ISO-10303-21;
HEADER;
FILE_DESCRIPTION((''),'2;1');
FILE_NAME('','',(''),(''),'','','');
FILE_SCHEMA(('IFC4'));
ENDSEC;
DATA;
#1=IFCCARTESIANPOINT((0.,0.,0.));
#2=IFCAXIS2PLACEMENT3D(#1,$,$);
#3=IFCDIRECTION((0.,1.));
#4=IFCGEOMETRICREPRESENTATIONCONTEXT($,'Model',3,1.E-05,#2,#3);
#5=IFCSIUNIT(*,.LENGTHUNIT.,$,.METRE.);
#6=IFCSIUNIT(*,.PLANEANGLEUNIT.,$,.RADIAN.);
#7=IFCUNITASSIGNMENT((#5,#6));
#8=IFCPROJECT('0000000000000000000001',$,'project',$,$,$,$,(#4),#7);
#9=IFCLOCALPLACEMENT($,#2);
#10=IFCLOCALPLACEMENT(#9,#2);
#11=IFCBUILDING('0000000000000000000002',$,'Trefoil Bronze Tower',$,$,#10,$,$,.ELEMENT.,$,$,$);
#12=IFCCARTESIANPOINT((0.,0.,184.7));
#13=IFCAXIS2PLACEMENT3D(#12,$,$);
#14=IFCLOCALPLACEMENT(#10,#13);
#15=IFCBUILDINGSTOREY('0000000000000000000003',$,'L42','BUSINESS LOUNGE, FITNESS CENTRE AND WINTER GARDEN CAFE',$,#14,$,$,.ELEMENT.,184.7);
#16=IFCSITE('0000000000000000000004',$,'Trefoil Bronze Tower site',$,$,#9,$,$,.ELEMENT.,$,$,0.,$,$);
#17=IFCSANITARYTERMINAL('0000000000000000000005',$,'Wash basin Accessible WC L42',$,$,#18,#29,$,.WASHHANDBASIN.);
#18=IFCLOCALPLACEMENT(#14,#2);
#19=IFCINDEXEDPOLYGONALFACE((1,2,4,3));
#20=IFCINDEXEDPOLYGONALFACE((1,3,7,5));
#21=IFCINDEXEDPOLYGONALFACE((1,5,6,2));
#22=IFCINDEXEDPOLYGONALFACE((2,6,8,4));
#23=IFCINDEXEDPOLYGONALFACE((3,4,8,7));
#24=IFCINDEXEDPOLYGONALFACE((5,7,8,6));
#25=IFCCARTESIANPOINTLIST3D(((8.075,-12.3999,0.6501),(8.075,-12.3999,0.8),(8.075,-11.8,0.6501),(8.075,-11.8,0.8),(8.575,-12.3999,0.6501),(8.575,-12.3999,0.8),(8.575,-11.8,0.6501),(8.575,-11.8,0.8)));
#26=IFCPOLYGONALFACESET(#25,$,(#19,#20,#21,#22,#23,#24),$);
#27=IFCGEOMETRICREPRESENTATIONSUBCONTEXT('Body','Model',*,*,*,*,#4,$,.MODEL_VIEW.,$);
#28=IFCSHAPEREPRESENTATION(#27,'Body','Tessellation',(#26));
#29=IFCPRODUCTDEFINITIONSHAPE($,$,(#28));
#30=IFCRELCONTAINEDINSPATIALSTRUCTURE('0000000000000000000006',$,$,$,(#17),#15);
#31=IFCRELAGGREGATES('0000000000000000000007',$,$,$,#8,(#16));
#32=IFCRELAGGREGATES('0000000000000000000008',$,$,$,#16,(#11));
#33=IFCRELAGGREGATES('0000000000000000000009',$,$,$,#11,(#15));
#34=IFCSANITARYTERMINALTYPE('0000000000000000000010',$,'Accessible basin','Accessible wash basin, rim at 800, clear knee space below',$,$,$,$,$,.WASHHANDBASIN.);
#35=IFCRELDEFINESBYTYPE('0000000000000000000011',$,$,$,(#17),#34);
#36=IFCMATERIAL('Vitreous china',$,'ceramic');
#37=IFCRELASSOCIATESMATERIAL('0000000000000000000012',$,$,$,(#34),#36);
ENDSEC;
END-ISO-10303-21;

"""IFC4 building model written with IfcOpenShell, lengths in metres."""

from ifc_helpers import new_model, si_unit, direction, frame, origin, place, context, subcontext, project, spatial, polyline, outline, extrude, material, type_object, element, save


model = new_model("IFC4")

# Units and contexts
model_context = context("Model", 3, precision=1e-05, world=origin(), true_north=direction((0.0, 1.0)))
body_context = subcontext(model_context, "Body", "Model", "MODEL_VIEW")
ifc_project = project(units=[si_unit("LENGTHUNIT", "METRE"), si_unit("PLANEANGLEUNIT", "RADIAN")], contexts=[model_context])

# Site, building, storey
site_placement = place(None, origin())
site = spatial("IfcSite", under=ifc_project, at=site_placement, Name="Trefoil Bronze Tower site", CompositionType="ELEMENT", RefElevation=0.0)
building_placement = place(site_placement, origin())
building = spatial("IfcBuilding", under=site, at=building_placement, Name="Trefoil Bronze Tower", CompositionType="ELEMENT")
storey_placement = place(building_placement, frame((0.0, 0.0, 184.7)))
storey = spatial("IfcBuildingStorey", under=building, at=storey_placement, Name="L42", Description="BUSINESS LOUNGE, FITNESS CENTRE AND WINTER GARDEN CAFE", CompositionType="ELEMENT", Elevation=184.7)

# Sanitary terminal
ifc_material_1 = material(Name="Vitreous china", Category="ceramic")
sanitary_terminal_type_1 = type_object("IfcSanitaryTerminalType", Name="Accessible basin", Description="Accessible wash basin, rim at 800, clear knee space below", PredefinedType="WASHHANDBASIN", material=ifc_material_1)
sanitary_terminal_1_placement = place(storey_placement, frame((0.0, 0.0, 0.6501)))
element("IfcSanitaryTerminal", 1, at=sanitary_terminal_1_placement, inside=storey, type_object=sanitary_terminal_type_1, Name="Wash basin Accessible WC L42", PredefinedType="WASHHANDBASIN", context=body_context, shape_type="SweptSolid", body=[
    extrude(outline(polyline([(8.075, -11.8), (8.575, -11.8), (8.575, -12.3999), (8.075, -12.3999), (8.075, -11.8)])), origin(), (0.0, 0.0, 1.0), 0.1499),
])

save(model, "model.ifc")
